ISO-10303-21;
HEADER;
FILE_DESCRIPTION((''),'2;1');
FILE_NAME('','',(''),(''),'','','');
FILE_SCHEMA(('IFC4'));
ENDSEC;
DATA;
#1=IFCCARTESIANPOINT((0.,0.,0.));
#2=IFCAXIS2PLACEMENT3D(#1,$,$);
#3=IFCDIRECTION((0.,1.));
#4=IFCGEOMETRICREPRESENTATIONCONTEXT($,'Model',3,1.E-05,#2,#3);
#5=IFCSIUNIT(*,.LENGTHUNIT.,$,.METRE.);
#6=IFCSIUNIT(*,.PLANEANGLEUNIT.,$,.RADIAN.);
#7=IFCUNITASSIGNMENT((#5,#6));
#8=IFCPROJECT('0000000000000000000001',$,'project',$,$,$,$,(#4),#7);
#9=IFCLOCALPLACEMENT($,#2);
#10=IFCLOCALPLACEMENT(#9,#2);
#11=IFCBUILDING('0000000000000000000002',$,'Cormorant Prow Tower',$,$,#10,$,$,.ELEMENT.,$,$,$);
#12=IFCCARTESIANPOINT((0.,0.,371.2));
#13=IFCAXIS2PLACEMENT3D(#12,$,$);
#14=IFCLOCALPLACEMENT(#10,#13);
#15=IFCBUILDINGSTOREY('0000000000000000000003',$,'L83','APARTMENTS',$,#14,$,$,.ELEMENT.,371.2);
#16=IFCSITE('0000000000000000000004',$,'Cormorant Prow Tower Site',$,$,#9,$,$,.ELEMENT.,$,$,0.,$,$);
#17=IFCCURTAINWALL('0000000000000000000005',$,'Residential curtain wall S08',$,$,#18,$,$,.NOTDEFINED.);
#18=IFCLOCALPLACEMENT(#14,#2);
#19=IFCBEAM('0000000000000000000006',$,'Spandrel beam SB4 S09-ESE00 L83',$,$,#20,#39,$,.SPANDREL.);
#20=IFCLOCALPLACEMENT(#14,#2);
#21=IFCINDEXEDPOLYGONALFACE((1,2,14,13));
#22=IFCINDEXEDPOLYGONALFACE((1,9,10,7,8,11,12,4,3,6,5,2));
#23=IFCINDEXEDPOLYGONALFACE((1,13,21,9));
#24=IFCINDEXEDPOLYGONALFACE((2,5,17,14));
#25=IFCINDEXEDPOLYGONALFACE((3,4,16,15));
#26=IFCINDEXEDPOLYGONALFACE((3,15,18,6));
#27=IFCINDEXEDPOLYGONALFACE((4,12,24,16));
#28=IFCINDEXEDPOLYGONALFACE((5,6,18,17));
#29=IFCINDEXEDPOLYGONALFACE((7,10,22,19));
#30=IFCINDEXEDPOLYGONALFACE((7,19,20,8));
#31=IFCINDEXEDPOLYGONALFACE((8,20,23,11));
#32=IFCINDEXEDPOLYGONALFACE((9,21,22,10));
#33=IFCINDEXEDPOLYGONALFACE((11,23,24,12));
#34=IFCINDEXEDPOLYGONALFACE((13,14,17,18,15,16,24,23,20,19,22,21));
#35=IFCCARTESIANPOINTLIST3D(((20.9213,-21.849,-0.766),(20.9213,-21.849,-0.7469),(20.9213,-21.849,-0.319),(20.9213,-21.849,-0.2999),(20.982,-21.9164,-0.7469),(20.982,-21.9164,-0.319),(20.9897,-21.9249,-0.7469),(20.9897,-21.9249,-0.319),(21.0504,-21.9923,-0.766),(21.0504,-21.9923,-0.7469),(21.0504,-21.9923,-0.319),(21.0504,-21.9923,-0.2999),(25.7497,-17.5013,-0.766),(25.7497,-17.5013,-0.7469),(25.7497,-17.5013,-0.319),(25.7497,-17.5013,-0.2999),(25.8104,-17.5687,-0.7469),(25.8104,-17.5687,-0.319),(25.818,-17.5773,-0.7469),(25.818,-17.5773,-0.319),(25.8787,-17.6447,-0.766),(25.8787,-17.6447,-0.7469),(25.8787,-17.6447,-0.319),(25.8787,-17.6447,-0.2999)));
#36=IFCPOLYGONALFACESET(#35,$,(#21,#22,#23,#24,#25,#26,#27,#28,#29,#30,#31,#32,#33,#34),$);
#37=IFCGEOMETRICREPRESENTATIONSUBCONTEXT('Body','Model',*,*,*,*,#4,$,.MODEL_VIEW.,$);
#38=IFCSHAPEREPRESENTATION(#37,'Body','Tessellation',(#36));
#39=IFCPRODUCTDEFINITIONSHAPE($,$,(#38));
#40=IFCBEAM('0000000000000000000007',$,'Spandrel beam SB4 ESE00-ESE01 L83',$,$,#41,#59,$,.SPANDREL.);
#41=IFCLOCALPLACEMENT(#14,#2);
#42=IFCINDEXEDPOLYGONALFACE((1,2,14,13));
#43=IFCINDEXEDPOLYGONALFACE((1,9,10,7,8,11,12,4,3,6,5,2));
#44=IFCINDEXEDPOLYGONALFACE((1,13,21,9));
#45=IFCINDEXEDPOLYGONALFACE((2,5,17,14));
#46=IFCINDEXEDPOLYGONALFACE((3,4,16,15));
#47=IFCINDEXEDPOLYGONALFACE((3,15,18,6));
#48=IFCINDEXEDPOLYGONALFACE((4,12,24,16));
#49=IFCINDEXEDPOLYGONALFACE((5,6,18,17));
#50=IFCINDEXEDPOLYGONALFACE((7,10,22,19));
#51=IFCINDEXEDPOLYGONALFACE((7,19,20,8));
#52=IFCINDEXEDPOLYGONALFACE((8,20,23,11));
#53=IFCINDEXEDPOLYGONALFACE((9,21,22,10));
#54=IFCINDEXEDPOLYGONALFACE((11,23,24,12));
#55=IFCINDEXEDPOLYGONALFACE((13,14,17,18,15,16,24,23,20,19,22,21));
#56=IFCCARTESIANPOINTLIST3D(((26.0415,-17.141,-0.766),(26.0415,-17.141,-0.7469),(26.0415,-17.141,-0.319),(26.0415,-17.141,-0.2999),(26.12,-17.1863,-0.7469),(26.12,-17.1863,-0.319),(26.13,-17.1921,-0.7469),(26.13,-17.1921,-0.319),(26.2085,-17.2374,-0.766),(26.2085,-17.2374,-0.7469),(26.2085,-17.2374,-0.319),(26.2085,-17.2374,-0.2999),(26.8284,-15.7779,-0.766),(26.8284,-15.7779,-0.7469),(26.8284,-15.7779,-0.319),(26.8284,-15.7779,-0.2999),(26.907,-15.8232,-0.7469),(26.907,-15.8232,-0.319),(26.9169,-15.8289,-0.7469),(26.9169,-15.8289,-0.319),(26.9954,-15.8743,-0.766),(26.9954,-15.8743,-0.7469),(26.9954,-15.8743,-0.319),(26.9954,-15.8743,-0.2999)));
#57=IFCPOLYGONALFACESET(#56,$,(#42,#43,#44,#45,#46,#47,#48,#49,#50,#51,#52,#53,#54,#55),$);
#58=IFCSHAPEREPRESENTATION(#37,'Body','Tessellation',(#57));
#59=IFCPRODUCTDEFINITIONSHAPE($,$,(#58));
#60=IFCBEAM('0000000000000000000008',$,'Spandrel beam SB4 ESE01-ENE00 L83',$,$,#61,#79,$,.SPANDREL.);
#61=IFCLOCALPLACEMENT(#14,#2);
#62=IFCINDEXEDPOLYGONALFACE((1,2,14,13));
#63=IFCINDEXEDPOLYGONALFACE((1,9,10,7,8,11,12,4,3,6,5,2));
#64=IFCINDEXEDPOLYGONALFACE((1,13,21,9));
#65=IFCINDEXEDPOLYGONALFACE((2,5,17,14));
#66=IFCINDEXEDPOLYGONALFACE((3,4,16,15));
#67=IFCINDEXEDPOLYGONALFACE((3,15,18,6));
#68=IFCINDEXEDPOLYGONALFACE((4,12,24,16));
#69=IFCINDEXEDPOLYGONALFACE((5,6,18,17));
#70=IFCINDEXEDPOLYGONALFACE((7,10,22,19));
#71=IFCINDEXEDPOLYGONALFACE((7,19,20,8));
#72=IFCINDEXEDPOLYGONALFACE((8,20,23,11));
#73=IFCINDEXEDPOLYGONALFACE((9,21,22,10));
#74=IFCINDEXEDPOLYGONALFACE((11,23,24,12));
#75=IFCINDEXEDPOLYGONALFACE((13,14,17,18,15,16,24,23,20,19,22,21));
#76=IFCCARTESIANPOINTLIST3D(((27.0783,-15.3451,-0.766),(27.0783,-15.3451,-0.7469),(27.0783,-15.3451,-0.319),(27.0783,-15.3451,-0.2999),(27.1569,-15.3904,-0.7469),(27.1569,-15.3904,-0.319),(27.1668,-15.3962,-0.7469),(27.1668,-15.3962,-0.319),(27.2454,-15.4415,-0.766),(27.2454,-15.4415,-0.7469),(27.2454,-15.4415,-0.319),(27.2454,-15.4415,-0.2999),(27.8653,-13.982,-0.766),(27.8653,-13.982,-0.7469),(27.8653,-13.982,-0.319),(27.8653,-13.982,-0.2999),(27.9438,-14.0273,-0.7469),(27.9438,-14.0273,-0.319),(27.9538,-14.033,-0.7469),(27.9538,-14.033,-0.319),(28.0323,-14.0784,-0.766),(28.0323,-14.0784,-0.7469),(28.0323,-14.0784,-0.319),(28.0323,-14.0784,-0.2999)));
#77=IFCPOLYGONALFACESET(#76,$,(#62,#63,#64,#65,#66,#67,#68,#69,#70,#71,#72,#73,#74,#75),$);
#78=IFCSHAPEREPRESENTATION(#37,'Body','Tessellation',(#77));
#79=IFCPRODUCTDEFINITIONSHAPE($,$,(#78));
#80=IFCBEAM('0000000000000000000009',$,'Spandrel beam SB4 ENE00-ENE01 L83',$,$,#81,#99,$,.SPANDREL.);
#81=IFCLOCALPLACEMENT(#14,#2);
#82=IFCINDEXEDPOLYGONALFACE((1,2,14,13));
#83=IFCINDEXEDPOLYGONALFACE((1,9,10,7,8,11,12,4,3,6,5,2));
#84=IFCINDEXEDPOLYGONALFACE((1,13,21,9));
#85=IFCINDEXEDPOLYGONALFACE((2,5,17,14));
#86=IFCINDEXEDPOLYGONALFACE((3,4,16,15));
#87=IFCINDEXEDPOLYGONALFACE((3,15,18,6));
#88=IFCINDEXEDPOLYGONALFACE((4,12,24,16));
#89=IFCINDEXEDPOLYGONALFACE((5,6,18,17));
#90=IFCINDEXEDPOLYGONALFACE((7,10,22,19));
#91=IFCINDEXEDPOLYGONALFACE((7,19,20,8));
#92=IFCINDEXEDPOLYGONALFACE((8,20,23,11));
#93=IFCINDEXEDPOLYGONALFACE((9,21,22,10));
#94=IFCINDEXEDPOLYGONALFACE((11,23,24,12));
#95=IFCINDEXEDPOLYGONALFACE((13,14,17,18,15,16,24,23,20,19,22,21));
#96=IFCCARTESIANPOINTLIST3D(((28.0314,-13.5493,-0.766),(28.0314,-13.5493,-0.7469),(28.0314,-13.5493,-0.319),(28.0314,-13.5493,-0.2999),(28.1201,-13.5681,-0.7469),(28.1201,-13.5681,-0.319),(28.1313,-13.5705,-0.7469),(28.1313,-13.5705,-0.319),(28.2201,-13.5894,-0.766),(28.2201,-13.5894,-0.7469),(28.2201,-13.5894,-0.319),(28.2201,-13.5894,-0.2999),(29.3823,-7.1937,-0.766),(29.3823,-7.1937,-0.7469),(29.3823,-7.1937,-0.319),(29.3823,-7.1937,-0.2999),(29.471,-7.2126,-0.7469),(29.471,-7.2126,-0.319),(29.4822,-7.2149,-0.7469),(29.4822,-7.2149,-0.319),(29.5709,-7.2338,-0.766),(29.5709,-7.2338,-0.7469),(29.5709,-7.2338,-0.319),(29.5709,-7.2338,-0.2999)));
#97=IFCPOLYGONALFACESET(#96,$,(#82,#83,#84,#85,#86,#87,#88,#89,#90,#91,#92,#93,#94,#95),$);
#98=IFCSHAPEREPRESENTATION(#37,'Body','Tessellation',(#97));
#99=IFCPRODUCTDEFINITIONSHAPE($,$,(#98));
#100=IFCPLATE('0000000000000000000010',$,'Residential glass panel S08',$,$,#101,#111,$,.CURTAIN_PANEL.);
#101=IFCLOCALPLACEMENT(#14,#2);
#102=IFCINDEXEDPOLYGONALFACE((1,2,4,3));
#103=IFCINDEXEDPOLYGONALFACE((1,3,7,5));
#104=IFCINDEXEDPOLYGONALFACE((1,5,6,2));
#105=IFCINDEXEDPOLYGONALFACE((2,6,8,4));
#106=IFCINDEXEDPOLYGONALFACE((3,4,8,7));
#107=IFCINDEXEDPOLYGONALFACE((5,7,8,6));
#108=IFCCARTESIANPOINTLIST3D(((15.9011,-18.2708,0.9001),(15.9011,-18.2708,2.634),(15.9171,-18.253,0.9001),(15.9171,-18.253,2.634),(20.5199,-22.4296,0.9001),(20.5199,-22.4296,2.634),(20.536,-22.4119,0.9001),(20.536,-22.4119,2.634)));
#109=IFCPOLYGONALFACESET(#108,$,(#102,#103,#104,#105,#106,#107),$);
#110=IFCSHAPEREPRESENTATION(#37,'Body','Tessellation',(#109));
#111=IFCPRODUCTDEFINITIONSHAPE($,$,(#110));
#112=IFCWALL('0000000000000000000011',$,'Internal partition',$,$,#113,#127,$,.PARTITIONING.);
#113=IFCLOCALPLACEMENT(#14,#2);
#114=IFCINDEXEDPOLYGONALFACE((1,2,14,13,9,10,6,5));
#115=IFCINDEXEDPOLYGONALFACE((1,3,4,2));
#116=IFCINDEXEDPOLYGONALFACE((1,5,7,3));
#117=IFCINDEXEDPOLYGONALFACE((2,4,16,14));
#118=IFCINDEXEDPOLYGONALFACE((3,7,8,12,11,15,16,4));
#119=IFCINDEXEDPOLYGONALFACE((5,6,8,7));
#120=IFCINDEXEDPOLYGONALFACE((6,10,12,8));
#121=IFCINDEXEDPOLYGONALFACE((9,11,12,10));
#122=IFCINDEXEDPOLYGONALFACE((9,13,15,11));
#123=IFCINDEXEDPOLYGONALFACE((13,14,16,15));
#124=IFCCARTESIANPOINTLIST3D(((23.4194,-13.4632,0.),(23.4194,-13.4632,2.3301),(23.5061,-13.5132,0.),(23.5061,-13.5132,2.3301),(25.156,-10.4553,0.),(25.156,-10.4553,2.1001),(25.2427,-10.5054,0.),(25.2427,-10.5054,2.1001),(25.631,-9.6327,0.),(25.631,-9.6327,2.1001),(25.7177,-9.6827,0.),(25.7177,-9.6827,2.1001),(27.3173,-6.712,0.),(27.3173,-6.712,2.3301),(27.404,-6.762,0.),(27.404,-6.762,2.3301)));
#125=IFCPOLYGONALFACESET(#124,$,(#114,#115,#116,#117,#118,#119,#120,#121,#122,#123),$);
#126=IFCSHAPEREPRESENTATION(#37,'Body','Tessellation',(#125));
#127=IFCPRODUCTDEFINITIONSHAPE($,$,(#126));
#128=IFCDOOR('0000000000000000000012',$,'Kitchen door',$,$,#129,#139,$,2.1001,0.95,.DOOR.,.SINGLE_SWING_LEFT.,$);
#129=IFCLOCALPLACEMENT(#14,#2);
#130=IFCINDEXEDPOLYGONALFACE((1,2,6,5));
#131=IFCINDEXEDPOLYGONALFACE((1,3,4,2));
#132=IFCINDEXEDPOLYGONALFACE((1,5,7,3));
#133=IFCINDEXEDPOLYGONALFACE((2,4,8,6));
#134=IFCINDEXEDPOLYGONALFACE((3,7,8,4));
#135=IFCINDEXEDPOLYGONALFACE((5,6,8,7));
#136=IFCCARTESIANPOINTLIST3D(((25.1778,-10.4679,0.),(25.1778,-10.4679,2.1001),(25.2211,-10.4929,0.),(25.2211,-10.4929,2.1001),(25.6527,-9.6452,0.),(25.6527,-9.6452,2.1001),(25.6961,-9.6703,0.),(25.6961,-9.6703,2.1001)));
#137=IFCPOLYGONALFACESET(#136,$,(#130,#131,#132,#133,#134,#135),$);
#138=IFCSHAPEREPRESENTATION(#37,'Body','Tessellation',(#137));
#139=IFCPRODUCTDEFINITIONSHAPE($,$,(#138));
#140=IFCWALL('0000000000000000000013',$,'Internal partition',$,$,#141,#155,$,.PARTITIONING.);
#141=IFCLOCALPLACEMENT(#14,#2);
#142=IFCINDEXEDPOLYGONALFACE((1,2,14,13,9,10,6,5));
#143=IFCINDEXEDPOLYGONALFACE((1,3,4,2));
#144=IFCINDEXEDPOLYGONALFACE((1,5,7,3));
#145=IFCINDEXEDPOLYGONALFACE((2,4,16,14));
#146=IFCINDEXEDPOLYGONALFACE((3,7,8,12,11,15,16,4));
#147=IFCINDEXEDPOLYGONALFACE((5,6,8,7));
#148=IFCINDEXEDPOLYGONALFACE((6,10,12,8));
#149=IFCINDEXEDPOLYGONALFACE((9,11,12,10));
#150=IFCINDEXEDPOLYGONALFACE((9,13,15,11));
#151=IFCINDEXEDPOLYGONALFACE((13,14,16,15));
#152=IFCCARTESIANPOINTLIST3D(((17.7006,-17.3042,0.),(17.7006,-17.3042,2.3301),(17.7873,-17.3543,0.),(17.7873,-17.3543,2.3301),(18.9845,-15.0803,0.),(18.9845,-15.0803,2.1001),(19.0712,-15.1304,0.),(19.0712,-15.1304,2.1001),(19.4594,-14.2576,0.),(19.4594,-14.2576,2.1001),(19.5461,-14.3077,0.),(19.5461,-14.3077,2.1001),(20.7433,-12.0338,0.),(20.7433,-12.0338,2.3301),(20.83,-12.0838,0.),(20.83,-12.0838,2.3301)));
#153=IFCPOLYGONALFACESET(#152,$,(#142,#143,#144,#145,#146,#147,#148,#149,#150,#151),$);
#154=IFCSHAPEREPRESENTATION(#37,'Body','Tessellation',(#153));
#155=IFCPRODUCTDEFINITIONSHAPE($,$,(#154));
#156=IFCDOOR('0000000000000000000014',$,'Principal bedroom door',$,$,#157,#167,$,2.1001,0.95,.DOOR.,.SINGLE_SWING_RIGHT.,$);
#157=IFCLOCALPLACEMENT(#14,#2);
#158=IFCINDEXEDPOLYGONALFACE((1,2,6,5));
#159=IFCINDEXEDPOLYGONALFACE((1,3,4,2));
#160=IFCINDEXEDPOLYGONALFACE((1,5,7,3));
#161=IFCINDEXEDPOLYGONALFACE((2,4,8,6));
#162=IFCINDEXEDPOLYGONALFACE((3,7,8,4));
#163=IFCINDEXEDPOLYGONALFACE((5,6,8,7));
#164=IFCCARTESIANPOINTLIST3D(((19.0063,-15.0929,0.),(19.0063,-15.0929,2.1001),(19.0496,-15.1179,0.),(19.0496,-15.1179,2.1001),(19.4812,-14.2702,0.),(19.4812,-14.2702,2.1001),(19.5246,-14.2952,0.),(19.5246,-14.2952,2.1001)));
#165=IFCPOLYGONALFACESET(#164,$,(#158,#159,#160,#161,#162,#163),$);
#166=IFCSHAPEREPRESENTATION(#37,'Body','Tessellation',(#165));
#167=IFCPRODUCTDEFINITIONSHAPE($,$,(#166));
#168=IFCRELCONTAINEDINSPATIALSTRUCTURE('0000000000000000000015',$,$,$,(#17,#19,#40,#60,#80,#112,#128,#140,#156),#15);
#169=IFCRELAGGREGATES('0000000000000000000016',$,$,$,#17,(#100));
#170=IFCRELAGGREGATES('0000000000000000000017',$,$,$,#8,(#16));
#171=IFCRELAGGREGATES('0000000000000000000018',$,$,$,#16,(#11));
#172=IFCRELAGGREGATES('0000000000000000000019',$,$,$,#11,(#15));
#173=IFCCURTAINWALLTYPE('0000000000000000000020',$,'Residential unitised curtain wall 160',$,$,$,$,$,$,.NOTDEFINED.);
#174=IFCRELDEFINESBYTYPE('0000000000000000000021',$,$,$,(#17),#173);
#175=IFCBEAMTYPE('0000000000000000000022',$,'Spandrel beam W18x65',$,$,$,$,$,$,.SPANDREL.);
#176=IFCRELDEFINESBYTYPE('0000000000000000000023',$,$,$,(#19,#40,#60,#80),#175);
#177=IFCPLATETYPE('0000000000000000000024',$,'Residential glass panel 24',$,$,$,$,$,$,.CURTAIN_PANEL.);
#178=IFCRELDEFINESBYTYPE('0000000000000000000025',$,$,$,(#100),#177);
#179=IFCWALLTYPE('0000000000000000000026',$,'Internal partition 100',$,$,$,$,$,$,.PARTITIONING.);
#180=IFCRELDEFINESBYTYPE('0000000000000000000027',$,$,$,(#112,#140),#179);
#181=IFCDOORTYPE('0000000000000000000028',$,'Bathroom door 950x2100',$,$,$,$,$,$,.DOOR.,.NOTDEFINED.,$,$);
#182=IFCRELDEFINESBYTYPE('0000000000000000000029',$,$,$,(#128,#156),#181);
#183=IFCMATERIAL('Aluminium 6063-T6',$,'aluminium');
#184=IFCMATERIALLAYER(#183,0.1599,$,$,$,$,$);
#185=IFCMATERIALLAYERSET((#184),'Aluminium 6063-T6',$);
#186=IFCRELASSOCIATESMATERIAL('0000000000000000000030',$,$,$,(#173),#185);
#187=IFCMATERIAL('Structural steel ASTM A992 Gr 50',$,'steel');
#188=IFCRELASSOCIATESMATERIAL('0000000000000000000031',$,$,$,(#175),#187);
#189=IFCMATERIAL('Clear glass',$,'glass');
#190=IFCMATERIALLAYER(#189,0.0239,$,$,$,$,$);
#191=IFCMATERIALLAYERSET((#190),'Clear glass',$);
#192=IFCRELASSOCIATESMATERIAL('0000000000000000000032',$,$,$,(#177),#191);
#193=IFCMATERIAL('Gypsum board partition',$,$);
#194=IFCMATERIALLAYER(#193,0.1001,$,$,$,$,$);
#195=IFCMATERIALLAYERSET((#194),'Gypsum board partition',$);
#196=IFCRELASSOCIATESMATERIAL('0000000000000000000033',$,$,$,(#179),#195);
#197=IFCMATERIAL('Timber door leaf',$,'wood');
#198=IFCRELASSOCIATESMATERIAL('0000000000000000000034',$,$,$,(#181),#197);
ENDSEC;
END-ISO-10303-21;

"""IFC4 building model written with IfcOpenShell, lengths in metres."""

from ifc_helpers import new_model, si_unit, direction, frame, frame_2d, origin, origin_2d, place, context, subcontext, project, spatial, rectangle, i_section, extrude, material, layer, layer_set, material_profile, profile_set, type_object, element, fill, aggregate, save


model = new_model("IFC4")

# Units and contexts
model_context = context("Model", 3, precision=1e-05, world=origin(), true_north=direction((0.0, 1.0)))
body_context = subcontext(model_context, "Body", "Model", "MODEL_VIEW")
ifc_project = project(units=[si_unit("LENGTHUNIT", "METRE"), si_unit("PLANEANGLEUNIT", "RADIAN")], contexts=[model_context])

# Site, building, storey
site_placement = place(None, origin())
site = spatial("IfcSite", under=ifc_project, at=site_placement, Name="Cormorant Prow Tower Site", CompositionType="ELEMENT", RefElevation=0.0)
building_placement = place(site_placement, origin())
building = spatial("IfcBuilding", under=site, at=building_placement, Name="Cormorant Prow Tower", CompositionType="ELEMENT")
storey_placement = place(building_placement, frame((0.0, 0.0, 371.2)))
storey = spatial("IfcBuildingStorey", under=building, at=storey_placement, Name="L83", Description="APARTMENTS", CompositionType="ELEMENT", Elevation=371.2)

# Curtain wall
ifc_material_1 = material(Name="Aluminium 6063-T6", Category="aluminium")
ifc_layer_1 = layer(ifc_material_1, 0.1599)
ifc_layer_set_1 = layer_set([ifc_layer_1], Name="Aluminium 6063-T6")
curtain_wall_type = type_object("IfcCurtainWallType", Name="Residential unitised curtain wall 160", PredefinedType="NOTDEFINED", material=ifc_layer_set_1)
curtain_wall_1_placement = place(storey_placement, origin())
curtain_wall_1 = element("IfcCurtainWall", 1, at=curtain_wall_1_placement, inside=storey, type_object=curtain_wall_type, Name="Residential curtain wall S08", PredefinedType="NOTDEFINED")

# Beams
ifc_material_2 = material(Name="Structural steel ASTM A992 Gr 50", Category="steel")
ifc_material_profile_1 = material_profile(ifc_material_2, i_section(OverallWidth=0.1929, OverallDepth=0.4661, WebThickness=0.0115, FlangeThickness=0.019, at=origin_2d()), Name="W18x65")
ifc_profile_set_1 = profile_set([ifc_material_profile_1], Name="Structural steel ASTM A992 Gr 50")
beam_type = type_object("IfcBeamType", Name="Spandrel beam W18x65", PredefinedType="SPANDREL", material=ifc_profile_set_1)
for number, where, z_axis, x_axis, name in (
    (2, (20.9858, -21.9207, -0.533), (0.743132, 0.669145, 0.0), (-0.669145, 0.743132, 0.0), "Spandrel beam SB4 S09-ESE00 L83"),
):
    element("IfcBeam", number, at=place(storey_placement, frame(where, z_axis=z_axis, x_axis=x_axis)), inside=storey, type_object=beam_type, Name=name, PredefinedType="SPANDREL", context=body_context, shape_type="SweptSolid", body=[
        extrude(i_section(OverallWidth=0.1929, OverallDepth=0.4661, WebThickness=0.0115, FlangeThickness=0.019, at=origin_2d()), origin(), (0.0, 0.0, 1.0), 6.4973),
    ])
for number, where, z_axis, x_axis, name in (
    (3, (26.125, -17.1892, -0.533), (0.49996, 0.866049, 0.0), (-0.866049, 0.49996, 0.0), "Spandrel beam SB4 ESE00-ESE01 L83"),
    (4, (27.1619, -15.3933, -0.533), (0.49996, 0.866049, 0.0), (-0.866049, 0.49996, 0.0), "Spandrel beam SB4 ESE01-ENE00 L83"),
):
    element("IfcBeam", number, at=place(storey_placement, frame(where, z_axis=z_axis, x_axis=x_axis)), inside=storey, type_object=beam_type, Name=name, PredefinedType="SPANDREL", context=body_context, shape_type="SweptSolid", body=[
        extrude(i_section(OverallWidth=0.1929, OverallDepth=0.4661, WebThickness=0.0115, FlangeThickness=0.019, at=origin_2d()), origin(), (0.0, 0.0, 1.0), 1.574),
    ])
beam_placement = place(storey_placement, frame((28.1257, -13.5693, -0.533), z_axis=(0.207902, 0.97815, 0.0), x_axis=(-0.97815, 0.207902, 0.0)))
element("IfcBeam", 5, at=beam_placement, inside=storey, type_object=beam_type, Name="Spandrel beam SB4 ENE00-ENE01 L83", PredefinedType="SPANDREL", context=body_context, shape_type="SweptSolid", body=[
    extrude(i_section(OverallWidth=0.1929, OverallDepth=0.4661, WebThickness=0.0115, FlangeThickness=0.019, at=origin_2d()), origin(), (0.0, 0.0, 1.0), 6.4976),
])

# Plate
ifc_material_3 = material(Name="Clear glass", Category="glass")
ifc_layer_2 = layer(ifc_material_3, 0.0239)
ifc_layer_set_2 = layer_set([ifc_layer_2], Name="Clear glass")
plate_type = type_object("IfcPlateType", Name="Residential glass panel 24", PredefinedType="CURTAIN_PANEL", material=ifc_layer_set_2)
plate_placement = place(storey_placement, frame((18.2185, -20.3413, 0.9001), z_axis=(0.0, 0.0, 1.0), x_axis=(0.743145, -0.669131, 0.0)))
plate = element("IfcPlate", 6, at=plate_placement, type_object=plate_type, Name="Residential glass panel S08", PredefinedType="CURTAIN_PANEL", context=body_context, shape_type="SweptSolid", body=[
    extrude(rectangle(XDim=6.2153, YDim=0.0239, at=origin_2d()), origin(), (0.0, 0.0, 1.0), 1.7339),
])
aggregate(curtain_wall_1, [plate])

# Walls, openings, doors
ifc_material_4 = material(Name="Gypsum board partition")
ifc_layer_3 = layer(ifc_material_4, 0.1001)
ifc_layer_set_3 = layer_set([ifc_layer_3], Name="Gypsum board partition")
wall_type_1 = type_object("IfcWallType", Name="Internal partition 100", PredefinedType="PARTITIONING", material=ifc_layer_set_3)
wall_1_placement = place(storey_placement, frame((23.4626, -13.4883, 0.0), z_axis=(0.0, 0.0, 1.0), x_axis=(0.500013, 0.866018, 0.0)))
wall_1 = element("IfcWall", 7, at=wall_1_placement, inside=storey, type_object=wall_type_1, Name="Internal partition", PredefinedType="PARTITIONING", context=body_context, shape_type="SweptSolid", body=[
    extrude(rectangle(XDim=7.7957, YDim=0.1001, at=frame_2d((3.8979, 0.0))), origin(), (0.0, 0.0, 1.0), 2.3301),
])
opening_1_placement = place(wall_1_placement, frame((3.4731, 0.0, 0.0)))
opening_1 = element("IfcOpeningElement", 8, at=opening_1_placement, cuts=wall_1, PredefinedType="OPENING", context=body_context, shape_type="SweptSolid", body=[
    extrude(rectangle(XDim=0.95, YDim=2.1001, at=frame_2d((0.4751, 1.05))), frame((0.0, 0.0601, 0.0), z_axis=(0.0, -1.0, 0.0), x_axis=(1.0, 0.0, 0.0)), (0.0, 0.0, 1.0), 0.1201),
])
ifc_material_5 = material(Name="Timber door leaf", Category="wood")
door_type_1 = type_object("IfcDoorType", Name="Bathroom door 950x2100", OperationType="NOTDEFINED", PredefinedType="DOOR", material=ifc_material_5)
door_1_placement = place(opening_1_placement, origin())
door_1 = element("IfcDoor", 9, at=door_1_placement, inside=storey, type_object=door_type_1, Name="Kitchen door", OperationType="SINGLE_SWING_LEFT", OverallHeight=2.1001, OverallWidth=0.95, PredefinedType="DOOR", context=body_context, shape_type="SweptSolid", body=[
    extrude(rectangle(XDim=0.95, YDim=2.1001, at=frame_2d((0.4751, 1.05))), frame((0.0, 0.0249, 0.0), z_axis=(0.0, -1.0, 0.0), x_axis=(1.0, 0.0, 0.0)), (0.0, 0.0, 1.0), 0.05),
])
fill(opening_1, door_1)
wall_2_placement = place(storey_placement, frame((17.7439, -17.3293, 0.0), z_axis=(0.0, 0.0, 1.0), x_axis=(0.499975, 0.86604, 0.0)))
wall_2 = element("IfcWall", 10, at=wall_2_placement, inside=storey, type_object=wall_type_1, Name="Internal partition", PredefinedType="PARTITIONING", context=body_context, shape_type="SweptSolid", body=[
    extrude(rectangle(XDim=6.0857, YDim=0.1001, at=frame_2d((3.043, 0.0))), origin(), (0.0, 0.0, 1.0), 2.3301),
])
opening_2_placement = place(wall_2_placement, frame((2.5679, 0.0, 0.0)))
opening_2 = element("IfcOpeningElement", 11, at=opening_2_placement, cuts=wall_2, PredefinedType="OPENING", context=body_context, shape_type="SweptSolid", body=[
    extrude(rectangle(XDim=0.95, YDim=2.1001, at=frame_2d((0.4751, 1.05))), frame((0.0, 0.0601, 0.0), z_axis=(0.0, -1.0, 0.0), x_axis=(1.0, 0.0, 0.0)), (0.0, 0.0, 1.0), 0.1201),
])
door_2_placement = place(opening_2_placement, origin())
door_2 = element("IfcDoor", 12, at=door_2_placement, inside=storey, type_object=door_type_1, Name="Principal bedroom door", OperationType="SINGLE_SWING_RIGHT", OverallHeight=2.1001, OverallWidth=0.95, PredefinedType="DOOR", context=body_context, shape_type="SweptSolid", body=[
    extrude(rectangle(XDim=0.95, YDim=2.1001, at=frame_2d((0.4751, 1.05))), frame((0.0, 0.0249, 0.0), z_axis=(0.0, -1.0, 0.0), x_axis=(1.0, 0.0, 0.0)), (0.0, 0.0, 1.0), 0.05),
])
fill(opening_2, door_2)

save(model, "model.ifc")
